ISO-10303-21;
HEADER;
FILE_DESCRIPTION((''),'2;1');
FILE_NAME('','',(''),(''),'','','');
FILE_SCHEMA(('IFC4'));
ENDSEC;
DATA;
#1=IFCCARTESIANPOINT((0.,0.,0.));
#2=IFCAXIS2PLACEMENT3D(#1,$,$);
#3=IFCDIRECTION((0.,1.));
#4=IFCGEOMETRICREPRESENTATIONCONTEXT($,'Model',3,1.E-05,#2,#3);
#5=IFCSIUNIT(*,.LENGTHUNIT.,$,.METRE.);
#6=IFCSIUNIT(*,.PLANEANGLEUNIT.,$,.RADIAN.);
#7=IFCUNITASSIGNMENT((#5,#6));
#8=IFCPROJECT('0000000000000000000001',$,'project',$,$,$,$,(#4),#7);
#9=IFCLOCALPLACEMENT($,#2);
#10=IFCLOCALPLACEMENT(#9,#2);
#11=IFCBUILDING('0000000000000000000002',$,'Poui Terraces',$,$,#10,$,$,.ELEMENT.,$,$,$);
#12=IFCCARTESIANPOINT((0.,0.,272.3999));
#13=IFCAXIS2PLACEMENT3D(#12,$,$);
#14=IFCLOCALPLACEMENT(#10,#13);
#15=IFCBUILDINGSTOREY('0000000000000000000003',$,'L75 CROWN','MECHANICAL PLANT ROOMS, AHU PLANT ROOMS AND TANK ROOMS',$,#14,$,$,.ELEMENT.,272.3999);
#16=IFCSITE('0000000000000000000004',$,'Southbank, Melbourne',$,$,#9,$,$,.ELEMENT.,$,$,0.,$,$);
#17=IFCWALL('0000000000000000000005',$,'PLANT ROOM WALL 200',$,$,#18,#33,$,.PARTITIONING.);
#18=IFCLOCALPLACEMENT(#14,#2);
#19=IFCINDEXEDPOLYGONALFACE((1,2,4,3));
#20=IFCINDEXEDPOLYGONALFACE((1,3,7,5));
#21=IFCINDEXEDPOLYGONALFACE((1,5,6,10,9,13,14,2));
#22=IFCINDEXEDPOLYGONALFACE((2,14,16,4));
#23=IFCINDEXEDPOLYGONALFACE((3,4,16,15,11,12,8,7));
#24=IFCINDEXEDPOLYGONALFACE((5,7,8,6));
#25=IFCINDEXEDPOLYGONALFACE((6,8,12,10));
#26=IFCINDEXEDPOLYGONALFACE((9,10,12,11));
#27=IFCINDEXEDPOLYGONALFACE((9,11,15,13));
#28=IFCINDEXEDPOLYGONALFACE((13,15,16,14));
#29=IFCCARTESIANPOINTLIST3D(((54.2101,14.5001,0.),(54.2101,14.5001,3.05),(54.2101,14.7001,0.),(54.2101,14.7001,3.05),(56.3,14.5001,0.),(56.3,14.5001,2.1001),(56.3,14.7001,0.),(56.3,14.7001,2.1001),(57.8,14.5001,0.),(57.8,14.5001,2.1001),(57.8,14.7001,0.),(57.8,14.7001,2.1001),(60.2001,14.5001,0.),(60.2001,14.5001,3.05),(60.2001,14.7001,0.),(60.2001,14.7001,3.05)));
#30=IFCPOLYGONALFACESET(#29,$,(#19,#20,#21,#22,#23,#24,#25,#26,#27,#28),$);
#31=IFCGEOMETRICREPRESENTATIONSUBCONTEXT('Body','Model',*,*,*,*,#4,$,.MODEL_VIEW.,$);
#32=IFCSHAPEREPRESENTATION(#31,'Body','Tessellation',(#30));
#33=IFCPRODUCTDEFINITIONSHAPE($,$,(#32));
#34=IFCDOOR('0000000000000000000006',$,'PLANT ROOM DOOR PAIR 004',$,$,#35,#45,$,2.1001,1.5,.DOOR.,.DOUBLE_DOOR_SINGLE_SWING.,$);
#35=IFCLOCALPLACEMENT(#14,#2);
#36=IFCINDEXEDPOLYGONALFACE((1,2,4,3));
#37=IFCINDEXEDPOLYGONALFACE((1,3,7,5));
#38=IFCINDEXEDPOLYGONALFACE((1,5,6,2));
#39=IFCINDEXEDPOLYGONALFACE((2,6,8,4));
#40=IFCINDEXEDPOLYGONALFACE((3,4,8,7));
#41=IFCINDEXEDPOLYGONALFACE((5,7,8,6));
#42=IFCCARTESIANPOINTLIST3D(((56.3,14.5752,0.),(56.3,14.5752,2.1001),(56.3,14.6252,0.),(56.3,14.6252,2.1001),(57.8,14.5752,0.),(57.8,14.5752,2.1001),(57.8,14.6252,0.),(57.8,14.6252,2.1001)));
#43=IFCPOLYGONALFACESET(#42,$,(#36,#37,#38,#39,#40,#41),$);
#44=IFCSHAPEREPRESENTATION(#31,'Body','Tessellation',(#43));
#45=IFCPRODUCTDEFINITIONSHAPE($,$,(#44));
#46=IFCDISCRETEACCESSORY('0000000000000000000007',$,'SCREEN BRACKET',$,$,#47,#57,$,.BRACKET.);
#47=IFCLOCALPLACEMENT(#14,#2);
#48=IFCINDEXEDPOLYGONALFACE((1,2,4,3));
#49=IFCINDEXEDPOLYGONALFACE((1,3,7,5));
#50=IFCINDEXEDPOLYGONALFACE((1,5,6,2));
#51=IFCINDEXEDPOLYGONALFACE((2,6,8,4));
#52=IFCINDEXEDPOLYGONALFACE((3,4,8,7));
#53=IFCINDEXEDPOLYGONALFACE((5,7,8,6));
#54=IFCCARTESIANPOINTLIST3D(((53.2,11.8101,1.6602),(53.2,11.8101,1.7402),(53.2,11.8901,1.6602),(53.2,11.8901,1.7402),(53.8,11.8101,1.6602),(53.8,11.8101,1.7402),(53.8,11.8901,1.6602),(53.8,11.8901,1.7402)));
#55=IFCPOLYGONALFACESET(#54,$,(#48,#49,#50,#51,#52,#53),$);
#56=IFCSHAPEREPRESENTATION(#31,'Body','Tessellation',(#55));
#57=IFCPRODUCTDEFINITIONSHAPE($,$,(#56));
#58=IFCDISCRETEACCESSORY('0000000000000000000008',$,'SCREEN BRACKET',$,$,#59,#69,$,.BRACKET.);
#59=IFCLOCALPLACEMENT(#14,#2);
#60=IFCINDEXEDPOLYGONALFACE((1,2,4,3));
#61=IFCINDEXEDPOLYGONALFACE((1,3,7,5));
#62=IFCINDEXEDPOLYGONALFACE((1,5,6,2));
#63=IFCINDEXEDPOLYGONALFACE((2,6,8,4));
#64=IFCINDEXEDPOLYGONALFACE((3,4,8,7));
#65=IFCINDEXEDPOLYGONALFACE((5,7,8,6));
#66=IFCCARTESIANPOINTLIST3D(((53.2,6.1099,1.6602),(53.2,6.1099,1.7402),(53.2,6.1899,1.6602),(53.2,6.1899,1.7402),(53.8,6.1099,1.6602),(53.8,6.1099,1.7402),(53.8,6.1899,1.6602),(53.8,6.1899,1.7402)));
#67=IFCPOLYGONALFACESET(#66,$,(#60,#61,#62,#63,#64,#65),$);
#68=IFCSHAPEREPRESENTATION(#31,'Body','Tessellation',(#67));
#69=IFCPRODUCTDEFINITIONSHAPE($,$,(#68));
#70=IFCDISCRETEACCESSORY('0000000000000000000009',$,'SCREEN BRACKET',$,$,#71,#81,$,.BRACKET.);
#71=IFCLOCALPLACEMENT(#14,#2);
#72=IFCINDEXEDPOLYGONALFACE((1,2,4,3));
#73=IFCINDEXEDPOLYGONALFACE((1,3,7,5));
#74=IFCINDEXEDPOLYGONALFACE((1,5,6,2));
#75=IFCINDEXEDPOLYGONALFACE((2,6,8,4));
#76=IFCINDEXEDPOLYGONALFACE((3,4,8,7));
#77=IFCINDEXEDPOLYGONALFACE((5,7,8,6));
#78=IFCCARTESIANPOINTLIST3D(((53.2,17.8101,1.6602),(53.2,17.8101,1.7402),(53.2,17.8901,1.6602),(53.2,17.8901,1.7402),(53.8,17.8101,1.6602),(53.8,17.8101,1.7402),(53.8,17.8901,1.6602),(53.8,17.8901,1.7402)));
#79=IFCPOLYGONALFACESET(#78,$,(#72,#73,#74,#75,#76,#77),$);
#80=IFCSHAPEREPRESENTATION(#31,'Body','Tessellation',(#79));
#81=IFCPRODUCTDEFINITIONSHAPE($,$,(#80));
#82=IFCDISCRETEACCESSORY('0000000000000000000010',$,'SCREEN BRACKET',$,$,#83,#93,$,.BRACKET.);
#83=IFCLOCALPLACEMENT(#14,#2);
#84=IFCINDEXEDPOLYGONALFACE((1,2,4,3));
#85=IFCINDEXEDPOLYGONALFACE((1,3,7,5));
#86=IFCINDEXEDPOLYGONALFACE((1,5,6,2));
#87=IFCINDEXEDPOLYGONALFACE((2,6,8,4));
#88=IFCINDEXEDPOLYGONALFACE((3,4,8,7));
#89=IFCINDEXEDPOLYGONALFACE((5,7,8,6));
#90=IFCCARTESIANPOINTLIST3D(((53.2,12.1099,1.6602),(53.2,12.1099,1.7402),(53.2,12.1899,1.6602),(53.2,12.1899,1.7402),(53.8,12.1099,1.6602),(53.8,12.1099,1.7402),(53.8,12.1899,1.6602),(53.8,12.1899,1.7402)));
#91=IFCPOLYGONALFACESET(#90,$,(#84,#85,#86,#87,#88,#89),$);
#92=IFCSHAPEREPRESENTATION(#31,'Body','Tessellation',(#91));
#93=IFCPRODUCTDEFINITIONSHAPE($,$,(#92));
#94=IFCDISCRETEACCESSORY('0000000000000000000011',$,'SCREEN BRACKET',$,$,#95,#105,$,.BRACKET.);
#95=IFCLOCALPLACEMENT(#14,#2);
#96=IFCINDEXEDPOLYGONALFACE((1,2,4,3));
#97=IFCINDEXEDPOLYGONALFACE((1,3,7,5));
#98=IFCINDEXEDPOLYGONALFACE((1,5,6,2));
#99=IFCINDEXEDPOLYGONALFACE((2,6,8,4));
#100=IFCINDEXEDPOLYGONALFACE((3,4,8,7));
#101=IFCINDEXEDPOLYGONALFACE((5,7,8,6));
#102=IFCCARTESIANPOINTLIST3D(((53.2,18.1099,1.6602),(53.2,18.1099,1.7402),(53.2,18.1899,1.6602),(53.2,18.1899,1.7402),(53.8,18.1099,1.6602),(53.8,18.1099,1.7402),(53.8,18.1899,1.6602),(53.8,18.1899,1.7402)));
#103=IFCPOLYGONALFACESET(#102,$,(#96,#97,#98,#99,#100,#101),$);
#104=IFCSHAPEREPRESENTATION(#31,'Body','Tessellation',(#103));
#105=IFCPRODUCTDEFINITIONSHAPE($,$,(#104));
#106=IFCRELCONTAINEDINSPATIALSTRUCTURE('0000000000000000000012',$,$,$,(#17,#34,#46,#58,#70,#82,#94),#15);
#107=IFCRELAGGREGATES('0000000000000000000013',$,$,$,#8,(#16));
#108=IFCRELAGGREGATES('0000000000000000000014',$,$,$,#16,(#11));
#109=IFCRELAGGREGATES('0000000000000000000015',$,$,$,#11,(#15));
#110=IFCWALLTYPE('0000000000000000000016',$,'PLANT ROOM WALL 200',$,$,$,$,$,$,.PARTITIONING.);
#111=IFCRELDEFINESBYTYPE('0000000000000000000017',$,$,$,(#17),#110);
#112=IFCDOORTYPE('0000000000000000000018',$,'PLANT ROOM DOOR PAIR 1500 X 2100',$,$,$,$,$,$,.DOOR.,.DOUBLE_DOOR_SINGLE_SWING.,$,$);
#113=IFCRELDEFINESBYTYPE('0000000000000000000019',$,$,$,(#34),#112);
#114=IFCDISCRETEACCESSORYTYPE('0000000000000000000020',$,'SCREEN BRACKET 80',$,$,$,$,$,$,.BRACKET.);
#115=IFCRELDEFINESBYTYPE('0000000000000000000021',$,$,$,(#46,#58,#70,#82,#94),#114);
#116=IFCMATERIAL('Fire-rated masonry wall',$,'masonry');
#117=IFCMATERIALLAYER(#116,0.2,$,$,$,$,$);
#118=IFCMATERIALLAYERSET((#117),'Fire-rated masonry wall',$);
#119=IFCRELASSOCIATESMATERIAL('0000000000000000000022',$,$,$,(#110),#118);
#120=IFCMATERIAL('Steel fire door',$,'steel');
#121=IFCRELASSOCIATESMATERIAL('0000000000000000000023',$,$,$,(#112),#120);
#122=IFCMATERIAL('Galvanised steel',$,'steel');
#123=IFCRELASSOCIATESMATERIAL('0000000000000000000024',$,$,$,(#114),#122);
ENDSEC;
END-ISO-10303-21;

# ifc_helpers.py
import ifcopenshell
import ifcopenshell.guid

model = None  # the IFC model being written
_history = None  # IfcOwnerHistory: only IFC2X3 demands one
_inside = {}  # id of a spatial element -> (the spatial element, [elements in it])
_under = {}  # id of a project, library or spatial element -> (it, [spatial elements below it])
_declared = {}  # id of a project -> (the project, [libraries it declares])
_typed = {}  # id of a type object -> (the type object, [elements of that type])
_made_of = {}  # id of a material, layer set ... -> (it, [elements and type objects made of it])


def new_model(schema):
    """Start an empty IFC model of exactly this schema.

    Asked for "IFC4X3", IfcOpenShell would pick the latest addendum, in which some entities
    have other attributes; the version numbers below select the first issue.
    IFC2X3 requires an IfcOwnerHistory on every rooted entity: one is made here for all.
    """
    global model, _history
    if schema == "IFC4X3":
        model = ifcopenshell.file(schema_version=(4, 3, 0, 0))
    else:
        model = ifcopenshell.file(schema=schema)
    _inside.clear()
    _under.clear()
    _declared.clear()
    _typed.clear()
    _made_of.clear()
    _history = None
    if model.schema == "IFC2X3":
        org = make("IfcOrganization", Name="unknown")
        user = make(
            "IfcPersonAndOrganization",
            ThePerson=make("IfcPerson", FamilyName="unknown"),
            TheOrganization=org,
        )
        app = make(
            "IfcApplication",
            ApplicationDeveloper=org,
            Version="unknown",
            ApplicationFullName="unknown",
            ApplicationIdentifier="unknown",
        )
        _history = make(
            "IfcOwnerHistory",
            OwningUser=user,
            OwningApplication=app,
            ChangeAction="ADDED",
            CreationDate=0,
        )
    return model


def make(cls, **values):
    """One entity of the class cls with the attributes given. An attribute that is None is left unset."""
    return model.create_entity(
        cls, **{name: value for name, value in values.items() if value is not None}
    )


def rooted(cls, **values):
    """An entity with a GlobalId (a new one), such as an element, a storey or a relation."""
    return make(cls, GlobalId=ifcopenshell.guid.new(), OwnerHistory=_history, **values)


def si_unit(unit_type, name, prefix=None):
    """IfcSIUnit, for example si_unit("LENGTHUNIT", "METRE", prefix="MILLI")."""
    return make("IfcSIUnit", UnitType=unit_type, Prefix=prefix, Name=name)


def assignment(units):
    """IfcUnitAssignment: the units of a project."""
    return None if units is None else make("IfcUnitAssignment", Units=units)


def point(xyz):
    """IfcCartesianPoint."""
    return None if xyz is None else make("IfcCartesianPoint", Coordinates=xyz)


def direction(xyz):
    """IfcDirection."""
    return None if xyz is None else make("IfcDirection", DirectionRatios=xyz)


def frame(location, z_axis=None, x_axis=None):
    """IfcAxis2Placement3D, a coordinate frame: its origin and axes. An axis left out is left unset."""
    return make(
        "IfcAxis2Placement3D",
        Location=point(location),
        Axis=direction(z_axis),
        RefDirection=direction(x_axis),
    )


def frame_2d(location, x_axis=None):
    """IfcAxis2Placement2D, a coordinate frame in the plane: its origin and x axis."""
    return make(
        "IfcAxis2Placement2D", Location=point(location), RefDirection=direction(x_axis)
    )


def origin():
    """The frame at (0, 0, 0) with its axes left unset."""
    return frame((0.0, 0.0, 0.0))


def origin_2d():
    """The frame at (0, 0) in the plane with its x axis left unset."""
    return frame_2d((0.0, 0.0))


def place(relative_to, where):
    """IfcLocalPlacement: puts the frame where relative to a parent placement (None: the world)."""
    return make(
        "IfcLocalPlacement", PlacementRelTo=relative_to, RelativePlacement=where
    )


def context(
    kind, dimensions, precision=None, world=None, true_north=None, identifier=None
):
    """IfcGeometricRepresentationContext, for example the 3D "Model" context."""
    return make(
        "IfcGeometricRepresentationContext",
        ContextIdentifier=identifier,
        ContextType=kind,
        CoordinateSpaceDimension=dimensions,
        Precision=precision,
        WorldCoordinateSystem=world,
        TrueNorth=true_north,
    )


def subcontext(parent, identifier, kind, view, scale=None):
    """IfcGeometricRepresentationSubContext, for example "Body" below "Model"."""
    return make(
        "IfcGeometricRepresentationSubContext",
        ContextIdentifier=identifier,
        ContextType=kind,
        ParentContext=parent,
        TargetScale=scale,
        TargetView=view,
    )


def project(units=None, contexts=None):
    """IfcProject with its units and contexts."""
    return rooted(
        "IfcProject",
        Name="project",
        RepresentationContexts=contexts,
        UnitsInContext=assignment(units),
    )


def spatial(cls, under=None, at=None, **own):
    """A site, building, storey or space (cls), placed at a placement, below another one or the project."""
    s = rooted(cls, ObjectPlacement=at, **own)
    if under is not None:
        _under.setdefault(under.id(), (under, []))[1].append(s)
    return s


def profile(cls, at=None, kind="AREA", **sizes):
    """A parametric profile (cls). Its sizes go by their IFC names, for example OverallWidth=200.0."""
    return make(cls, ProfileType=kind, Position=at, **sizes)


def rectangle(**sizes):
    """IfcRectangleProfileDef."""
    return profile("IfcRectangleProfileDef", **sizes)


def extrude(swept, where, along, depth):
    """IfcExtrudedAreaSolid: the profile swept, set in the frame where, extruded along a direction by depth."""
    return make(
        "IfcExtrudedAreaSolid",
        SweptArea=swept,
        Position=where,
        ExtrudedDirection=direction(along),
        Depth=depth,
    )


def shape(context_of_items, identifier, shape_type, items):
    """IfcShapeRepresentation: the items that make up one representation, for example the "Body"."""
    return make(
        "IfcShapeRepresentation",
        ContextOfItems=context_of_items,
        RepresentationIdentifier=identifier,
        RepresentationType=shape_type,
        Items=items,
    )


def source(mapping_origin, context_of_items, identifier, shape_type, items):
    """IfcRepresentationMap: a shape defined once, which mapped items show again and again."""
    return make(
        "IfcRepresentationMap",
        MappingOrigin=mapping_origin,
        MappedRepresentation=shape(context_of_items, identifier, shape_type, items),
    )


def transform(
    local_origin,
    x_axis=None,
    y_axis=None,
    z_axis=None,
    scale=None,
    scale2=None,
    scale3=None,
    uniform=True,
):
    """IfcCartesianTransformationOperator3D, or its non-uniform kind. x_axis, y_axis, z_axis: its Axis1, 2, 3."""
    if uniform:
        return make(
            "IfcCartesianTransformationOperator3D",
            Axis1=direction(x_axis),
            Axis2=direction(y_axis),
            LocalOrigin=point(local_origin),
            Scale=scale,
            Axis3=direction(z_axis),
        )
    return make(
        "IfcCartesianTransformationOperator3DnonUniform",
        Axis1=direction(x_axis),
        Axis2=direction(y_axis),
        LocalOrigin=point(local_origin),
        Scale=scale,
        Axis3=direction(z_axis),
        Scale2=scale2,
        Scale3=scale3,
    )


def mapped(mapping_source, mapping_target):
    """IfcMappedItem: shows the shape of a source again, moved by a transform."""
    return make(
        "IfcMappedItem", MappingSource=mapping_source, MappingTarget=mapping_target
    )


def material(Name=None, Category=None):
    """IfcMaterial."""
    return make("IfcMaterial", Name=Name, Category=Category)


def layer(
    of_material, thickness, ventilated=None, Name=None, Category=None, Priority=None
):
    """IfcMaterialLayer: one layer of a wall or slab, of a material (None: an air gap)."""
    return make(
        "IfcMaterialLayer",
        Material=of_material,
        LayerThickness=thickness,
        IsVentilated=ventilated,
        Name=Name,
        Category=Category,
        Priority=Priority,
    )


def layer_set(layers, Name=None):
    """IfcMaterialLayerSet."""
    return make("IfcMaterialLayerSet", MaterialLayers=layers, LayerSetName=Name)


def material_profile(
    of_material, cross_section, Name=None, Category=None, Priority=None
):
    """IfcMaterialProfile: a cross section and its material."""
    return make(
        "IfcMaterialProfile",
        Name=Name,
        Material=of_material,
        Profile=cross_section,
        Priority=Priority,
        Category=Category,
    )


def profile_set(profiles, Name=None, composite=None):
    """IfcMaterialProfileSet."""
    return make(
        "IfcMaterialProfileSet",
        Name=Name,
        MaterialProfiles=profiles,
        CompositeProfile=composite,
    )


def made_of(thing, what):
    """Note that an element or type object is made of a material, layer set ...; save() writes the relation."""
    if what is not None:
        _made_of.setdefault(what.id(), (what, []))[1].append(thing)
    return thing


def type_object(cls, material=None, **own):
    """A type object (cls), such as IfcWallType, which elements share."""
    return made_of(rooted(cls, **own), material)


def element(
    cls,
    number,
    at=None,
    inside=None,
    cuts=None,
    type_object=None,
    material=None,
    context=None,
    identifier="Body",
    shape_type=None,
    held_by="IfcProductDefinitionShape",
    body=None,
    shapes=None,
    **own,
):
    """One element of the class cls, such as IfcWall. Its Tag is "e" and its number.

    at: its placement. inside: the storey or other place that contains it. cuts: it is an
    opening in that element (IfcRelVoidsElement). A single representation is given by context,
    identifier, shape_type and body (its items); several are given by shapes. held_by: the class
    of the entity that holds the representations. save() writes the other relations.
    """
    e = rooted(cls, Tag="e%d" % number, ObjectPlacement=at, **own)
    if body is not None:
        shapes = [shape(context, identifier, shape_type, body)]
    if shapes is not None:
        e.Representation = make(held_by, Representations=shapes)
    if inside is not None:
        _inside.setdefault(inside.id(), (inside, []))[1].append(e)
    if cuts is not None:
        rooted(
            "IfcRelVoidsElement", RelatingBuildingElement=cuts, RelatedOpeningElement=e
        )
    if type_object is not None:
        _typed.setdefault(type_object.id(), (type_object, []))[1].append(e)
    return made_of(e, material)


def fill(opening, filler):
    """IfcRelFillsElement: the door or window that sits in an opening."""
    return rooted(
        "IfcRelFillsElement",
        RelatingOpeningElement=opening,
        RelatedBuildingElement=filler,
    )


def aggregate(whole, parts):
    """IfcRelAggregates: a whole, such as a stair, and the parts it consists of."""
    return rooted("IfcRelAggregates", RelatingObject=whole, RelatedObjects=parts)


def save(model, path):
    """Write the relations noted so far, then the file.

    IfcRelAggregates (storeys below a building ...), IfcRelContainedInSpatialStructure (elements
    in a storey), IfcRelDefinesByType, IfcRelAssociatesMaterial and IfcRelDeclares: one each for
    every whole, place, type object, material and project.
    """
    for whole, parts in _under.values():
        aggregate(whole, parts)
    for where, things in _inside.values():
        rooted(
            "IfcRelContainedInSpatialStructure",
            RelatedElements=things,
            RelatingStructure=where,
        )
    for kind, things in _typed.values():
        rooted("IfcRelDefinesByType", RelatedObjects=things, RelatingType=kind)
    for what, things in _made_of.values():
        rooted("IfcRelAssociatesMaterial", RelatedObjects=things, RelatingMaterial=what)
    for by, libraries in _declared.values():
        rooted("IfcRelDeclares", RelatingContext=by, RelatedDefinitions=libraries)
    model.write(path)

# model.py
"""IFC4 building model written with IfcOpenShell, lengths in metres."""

from ifc_helpers import new_model, si_unit, direction, frame, frame_2d, origin, origin_2d, place, context, subcontext, project, spatial, rectangle, extrude, source, transform, mapped, material, layer, layer_set, material_profile, profile_set, type_object, element, fill, save


model = new_model("IFC4")

# Units and contexts
model_context = context("Model", 3, precision=1e-05, world=origin(), true_north=direction((0.0, 1.0)))
body_context = subcontext(model_context, "Body", "Model", "MODEL_VIEW")
ifc_project = project(units=[si_unit("LENGTHUNIT", "METRE"), si_unit("PLANEANGLEUNIT", "RADIAN")], contexts=[model_context])

# Site, building, storey
site_placement = place(None, origin())
site = spatial("IfcSite", under=ifc_project, at=site_placement, Name="Southbank, Melbourne", CompositionType="ELEMENT", RefElevation=0.0)
building_placement = place(site_placement, origin())
building = spatial("IfcBuilding", under=site, at=building_placement, Name="Poui Terraces", CompositionType="ELEMENT")
storey_placement = place(building_placement, frame((0.0, 0.0, 272.3999)))
storey = spatial("IfcBuildingStorey", under=building, at=storey_placement, Name="L75 CROWN", Description="MECHANICAL PLANT ROOMS, AHU PLANT ROOMS AND TANK ROOMS", CompositionType="ELEMENT", Elevation=272.3999)

# Wall, opening, door
ifc_material_1 = material(Name="Fire-rated masonry wall", Category="masonry")
ifc_layer_1 = layer(ifc_material_1, 0.2)
ifc_layer_set_1 = layer_set([ifc_layer_1], Name="Fire-rated masonry wall")
wall_type_1 = type_object("IfcWallType", Name="PLANT ROOM WALL 200", PredefinedType="PARTITIONING", material=ifc_layer_set_1)
wall_1_placement = place(storey_placement, frame((54.21, 14.6001, 0.0), z_axis=(0.0, 0.0, 1.0), x_axis=(1.0, 0.0, 0.0)))
wall_1 = element("IfcWall", 1, at=wall_1_placement, inside=storey, type_object=wall_type_1, Name="PLANT ROOM WALL 200", PredefinedType="PARTITIONING", context=body_context, shape_type="SweptSolid", body=[
    extrude(rectangle(XDim=5.99, YDim=0.2, at=frame_2d((2.9951, 0.0))), origin(), (0.0, 0.0, 1.0), 3.05),
])
opening_1_placement = place(wall_1_placement, frame((2.0901, 0.0, 0.0)))
opening_1 = element("IfcOpeningElement", 2, at=opening_1_placement, cuts=wall_1, PredefinedType="OPENING", context=body_context, shape_type="SweptSolid", body=[
    extrude(rectangle(XDim=1.5, YDim=2.1001, at=frame_2d((0.75, 1.05))), frame((0.0, 0.1099, 0.0), z_axis=(0.0, -1.0, 0.0), x_axis=(1.0, 0.0, 0.0)), (0.0, 0.0, 1.0), 0.22),
])
ifc_material_2 = material(Name="Steel fire door", Category="steel")
door_type = type_object("IfcDoorType", Name="PLANT ROOM DOOR PAIR 1500 X 2100", OperationType="DOUBLE_DOOR_SINGLE_SWING", PredefinedType="DOOR", material=ifc_material_2)
door_placement = place(opening_1_placement, frame((1.5, 0.0, 0.0), z_axis=(0.0, 0.0, 1.0), x_axis=(-1.0, 0.0, 0.0)))
door = element("IfcDoor", 3, at=door_placement, inside=storey, type_object=door_type, Name="PLANT ROOM DOOR PAIR 004", OperationType="DOUBLE_DOOR_SINGLE_SWING", OverallHeight=2.1001, OverallWidth=1.5, PredefinedType="DOOR", context=body_context, shape_type="SweptSolid", body=[
    extrude(rectangle(XDim=1.5, YDim=2.1001, at=frame_2d((0.75, 1.05))), frame((0.0, 0.0249, 0.0), z_axis=(0.0, -1.0, 0.0), x_axis=(1.0, 0.0, 0.0)), (0.0, 0.0, 1.0), 0.05),
])
fill(opening_1, door)

# Discrete accessories
ifc_material_3 = material(Name="Galvanised steel", Category="steel")
ifc_material_profile_1 = material_profile(ifc_material_3, rectangle(XDim=0.0801, YDim=0.0801, at=origin_2d()), Name="SCREEN BRACKET 80")
ifc_profile_set_1 = profile_set([ifc_material_profile_1], Name="Galvanised steel")
discrete_accessory_type = type_object("IfcDiscreteAccessoryType", Name="SCREEN BRACKET 80", PredefinedType="BRACKET", material=ifc_profile_set_1)
shared_shape_1 = source(origin(), body_context, "Body", "SweptSolid", [
    extrude(rectangle(XDim=0.0801, YDim=0.0801, at=origin_2d()), origin(), (0.0, 0.0, 1.0), 0.6001),
])
for number, where, z_axis, x_axis, name in (
    (4, (53.8, 11.8501, 1.7002), (-1.0, 0.0, 0.0), (0.0, -1.0, 0.0), "SCREEN BRACKET"),
    (5, (53.8, 6.1499, 1.7002), (-1.0, 0.0, 0.0), (0.0, -1.0, 0.0), "SCREEN BRACKET"),
    (6, (53.8, 17.8501, 1.7002), (-1.0, 0.0, 0.0), (0.0, -1.0, 0.0), "SCREEN BRACKET"),
    (7, (53.8, 12.1499, 1.7002), (-1.0, 0.0, 0.0), (0.0, -1.0, 0.0), "SCREEN BRACKET"),
    (8, (53.8, 18.1499, 1.7002), (-1.0, 0.0, 0.0), (0.0, -1.0, 0.0), "SCREEN BRACKET"),
):
    element("IfcDiscreteAccessory", number, at=place(storey_placement, frame(where, z_axis=z_axis, x_axis=x_axis)), inside=storey, type_object=discrete_accessory_type, Name=name, PredefinedType="BRACKET", context=body_context, shape_type="MappedRepresentation", body=[
        mapped(shared_shape_1, transform((0.0, 0.0, 0.0))),
    ])

save(model, "model.ifc")
